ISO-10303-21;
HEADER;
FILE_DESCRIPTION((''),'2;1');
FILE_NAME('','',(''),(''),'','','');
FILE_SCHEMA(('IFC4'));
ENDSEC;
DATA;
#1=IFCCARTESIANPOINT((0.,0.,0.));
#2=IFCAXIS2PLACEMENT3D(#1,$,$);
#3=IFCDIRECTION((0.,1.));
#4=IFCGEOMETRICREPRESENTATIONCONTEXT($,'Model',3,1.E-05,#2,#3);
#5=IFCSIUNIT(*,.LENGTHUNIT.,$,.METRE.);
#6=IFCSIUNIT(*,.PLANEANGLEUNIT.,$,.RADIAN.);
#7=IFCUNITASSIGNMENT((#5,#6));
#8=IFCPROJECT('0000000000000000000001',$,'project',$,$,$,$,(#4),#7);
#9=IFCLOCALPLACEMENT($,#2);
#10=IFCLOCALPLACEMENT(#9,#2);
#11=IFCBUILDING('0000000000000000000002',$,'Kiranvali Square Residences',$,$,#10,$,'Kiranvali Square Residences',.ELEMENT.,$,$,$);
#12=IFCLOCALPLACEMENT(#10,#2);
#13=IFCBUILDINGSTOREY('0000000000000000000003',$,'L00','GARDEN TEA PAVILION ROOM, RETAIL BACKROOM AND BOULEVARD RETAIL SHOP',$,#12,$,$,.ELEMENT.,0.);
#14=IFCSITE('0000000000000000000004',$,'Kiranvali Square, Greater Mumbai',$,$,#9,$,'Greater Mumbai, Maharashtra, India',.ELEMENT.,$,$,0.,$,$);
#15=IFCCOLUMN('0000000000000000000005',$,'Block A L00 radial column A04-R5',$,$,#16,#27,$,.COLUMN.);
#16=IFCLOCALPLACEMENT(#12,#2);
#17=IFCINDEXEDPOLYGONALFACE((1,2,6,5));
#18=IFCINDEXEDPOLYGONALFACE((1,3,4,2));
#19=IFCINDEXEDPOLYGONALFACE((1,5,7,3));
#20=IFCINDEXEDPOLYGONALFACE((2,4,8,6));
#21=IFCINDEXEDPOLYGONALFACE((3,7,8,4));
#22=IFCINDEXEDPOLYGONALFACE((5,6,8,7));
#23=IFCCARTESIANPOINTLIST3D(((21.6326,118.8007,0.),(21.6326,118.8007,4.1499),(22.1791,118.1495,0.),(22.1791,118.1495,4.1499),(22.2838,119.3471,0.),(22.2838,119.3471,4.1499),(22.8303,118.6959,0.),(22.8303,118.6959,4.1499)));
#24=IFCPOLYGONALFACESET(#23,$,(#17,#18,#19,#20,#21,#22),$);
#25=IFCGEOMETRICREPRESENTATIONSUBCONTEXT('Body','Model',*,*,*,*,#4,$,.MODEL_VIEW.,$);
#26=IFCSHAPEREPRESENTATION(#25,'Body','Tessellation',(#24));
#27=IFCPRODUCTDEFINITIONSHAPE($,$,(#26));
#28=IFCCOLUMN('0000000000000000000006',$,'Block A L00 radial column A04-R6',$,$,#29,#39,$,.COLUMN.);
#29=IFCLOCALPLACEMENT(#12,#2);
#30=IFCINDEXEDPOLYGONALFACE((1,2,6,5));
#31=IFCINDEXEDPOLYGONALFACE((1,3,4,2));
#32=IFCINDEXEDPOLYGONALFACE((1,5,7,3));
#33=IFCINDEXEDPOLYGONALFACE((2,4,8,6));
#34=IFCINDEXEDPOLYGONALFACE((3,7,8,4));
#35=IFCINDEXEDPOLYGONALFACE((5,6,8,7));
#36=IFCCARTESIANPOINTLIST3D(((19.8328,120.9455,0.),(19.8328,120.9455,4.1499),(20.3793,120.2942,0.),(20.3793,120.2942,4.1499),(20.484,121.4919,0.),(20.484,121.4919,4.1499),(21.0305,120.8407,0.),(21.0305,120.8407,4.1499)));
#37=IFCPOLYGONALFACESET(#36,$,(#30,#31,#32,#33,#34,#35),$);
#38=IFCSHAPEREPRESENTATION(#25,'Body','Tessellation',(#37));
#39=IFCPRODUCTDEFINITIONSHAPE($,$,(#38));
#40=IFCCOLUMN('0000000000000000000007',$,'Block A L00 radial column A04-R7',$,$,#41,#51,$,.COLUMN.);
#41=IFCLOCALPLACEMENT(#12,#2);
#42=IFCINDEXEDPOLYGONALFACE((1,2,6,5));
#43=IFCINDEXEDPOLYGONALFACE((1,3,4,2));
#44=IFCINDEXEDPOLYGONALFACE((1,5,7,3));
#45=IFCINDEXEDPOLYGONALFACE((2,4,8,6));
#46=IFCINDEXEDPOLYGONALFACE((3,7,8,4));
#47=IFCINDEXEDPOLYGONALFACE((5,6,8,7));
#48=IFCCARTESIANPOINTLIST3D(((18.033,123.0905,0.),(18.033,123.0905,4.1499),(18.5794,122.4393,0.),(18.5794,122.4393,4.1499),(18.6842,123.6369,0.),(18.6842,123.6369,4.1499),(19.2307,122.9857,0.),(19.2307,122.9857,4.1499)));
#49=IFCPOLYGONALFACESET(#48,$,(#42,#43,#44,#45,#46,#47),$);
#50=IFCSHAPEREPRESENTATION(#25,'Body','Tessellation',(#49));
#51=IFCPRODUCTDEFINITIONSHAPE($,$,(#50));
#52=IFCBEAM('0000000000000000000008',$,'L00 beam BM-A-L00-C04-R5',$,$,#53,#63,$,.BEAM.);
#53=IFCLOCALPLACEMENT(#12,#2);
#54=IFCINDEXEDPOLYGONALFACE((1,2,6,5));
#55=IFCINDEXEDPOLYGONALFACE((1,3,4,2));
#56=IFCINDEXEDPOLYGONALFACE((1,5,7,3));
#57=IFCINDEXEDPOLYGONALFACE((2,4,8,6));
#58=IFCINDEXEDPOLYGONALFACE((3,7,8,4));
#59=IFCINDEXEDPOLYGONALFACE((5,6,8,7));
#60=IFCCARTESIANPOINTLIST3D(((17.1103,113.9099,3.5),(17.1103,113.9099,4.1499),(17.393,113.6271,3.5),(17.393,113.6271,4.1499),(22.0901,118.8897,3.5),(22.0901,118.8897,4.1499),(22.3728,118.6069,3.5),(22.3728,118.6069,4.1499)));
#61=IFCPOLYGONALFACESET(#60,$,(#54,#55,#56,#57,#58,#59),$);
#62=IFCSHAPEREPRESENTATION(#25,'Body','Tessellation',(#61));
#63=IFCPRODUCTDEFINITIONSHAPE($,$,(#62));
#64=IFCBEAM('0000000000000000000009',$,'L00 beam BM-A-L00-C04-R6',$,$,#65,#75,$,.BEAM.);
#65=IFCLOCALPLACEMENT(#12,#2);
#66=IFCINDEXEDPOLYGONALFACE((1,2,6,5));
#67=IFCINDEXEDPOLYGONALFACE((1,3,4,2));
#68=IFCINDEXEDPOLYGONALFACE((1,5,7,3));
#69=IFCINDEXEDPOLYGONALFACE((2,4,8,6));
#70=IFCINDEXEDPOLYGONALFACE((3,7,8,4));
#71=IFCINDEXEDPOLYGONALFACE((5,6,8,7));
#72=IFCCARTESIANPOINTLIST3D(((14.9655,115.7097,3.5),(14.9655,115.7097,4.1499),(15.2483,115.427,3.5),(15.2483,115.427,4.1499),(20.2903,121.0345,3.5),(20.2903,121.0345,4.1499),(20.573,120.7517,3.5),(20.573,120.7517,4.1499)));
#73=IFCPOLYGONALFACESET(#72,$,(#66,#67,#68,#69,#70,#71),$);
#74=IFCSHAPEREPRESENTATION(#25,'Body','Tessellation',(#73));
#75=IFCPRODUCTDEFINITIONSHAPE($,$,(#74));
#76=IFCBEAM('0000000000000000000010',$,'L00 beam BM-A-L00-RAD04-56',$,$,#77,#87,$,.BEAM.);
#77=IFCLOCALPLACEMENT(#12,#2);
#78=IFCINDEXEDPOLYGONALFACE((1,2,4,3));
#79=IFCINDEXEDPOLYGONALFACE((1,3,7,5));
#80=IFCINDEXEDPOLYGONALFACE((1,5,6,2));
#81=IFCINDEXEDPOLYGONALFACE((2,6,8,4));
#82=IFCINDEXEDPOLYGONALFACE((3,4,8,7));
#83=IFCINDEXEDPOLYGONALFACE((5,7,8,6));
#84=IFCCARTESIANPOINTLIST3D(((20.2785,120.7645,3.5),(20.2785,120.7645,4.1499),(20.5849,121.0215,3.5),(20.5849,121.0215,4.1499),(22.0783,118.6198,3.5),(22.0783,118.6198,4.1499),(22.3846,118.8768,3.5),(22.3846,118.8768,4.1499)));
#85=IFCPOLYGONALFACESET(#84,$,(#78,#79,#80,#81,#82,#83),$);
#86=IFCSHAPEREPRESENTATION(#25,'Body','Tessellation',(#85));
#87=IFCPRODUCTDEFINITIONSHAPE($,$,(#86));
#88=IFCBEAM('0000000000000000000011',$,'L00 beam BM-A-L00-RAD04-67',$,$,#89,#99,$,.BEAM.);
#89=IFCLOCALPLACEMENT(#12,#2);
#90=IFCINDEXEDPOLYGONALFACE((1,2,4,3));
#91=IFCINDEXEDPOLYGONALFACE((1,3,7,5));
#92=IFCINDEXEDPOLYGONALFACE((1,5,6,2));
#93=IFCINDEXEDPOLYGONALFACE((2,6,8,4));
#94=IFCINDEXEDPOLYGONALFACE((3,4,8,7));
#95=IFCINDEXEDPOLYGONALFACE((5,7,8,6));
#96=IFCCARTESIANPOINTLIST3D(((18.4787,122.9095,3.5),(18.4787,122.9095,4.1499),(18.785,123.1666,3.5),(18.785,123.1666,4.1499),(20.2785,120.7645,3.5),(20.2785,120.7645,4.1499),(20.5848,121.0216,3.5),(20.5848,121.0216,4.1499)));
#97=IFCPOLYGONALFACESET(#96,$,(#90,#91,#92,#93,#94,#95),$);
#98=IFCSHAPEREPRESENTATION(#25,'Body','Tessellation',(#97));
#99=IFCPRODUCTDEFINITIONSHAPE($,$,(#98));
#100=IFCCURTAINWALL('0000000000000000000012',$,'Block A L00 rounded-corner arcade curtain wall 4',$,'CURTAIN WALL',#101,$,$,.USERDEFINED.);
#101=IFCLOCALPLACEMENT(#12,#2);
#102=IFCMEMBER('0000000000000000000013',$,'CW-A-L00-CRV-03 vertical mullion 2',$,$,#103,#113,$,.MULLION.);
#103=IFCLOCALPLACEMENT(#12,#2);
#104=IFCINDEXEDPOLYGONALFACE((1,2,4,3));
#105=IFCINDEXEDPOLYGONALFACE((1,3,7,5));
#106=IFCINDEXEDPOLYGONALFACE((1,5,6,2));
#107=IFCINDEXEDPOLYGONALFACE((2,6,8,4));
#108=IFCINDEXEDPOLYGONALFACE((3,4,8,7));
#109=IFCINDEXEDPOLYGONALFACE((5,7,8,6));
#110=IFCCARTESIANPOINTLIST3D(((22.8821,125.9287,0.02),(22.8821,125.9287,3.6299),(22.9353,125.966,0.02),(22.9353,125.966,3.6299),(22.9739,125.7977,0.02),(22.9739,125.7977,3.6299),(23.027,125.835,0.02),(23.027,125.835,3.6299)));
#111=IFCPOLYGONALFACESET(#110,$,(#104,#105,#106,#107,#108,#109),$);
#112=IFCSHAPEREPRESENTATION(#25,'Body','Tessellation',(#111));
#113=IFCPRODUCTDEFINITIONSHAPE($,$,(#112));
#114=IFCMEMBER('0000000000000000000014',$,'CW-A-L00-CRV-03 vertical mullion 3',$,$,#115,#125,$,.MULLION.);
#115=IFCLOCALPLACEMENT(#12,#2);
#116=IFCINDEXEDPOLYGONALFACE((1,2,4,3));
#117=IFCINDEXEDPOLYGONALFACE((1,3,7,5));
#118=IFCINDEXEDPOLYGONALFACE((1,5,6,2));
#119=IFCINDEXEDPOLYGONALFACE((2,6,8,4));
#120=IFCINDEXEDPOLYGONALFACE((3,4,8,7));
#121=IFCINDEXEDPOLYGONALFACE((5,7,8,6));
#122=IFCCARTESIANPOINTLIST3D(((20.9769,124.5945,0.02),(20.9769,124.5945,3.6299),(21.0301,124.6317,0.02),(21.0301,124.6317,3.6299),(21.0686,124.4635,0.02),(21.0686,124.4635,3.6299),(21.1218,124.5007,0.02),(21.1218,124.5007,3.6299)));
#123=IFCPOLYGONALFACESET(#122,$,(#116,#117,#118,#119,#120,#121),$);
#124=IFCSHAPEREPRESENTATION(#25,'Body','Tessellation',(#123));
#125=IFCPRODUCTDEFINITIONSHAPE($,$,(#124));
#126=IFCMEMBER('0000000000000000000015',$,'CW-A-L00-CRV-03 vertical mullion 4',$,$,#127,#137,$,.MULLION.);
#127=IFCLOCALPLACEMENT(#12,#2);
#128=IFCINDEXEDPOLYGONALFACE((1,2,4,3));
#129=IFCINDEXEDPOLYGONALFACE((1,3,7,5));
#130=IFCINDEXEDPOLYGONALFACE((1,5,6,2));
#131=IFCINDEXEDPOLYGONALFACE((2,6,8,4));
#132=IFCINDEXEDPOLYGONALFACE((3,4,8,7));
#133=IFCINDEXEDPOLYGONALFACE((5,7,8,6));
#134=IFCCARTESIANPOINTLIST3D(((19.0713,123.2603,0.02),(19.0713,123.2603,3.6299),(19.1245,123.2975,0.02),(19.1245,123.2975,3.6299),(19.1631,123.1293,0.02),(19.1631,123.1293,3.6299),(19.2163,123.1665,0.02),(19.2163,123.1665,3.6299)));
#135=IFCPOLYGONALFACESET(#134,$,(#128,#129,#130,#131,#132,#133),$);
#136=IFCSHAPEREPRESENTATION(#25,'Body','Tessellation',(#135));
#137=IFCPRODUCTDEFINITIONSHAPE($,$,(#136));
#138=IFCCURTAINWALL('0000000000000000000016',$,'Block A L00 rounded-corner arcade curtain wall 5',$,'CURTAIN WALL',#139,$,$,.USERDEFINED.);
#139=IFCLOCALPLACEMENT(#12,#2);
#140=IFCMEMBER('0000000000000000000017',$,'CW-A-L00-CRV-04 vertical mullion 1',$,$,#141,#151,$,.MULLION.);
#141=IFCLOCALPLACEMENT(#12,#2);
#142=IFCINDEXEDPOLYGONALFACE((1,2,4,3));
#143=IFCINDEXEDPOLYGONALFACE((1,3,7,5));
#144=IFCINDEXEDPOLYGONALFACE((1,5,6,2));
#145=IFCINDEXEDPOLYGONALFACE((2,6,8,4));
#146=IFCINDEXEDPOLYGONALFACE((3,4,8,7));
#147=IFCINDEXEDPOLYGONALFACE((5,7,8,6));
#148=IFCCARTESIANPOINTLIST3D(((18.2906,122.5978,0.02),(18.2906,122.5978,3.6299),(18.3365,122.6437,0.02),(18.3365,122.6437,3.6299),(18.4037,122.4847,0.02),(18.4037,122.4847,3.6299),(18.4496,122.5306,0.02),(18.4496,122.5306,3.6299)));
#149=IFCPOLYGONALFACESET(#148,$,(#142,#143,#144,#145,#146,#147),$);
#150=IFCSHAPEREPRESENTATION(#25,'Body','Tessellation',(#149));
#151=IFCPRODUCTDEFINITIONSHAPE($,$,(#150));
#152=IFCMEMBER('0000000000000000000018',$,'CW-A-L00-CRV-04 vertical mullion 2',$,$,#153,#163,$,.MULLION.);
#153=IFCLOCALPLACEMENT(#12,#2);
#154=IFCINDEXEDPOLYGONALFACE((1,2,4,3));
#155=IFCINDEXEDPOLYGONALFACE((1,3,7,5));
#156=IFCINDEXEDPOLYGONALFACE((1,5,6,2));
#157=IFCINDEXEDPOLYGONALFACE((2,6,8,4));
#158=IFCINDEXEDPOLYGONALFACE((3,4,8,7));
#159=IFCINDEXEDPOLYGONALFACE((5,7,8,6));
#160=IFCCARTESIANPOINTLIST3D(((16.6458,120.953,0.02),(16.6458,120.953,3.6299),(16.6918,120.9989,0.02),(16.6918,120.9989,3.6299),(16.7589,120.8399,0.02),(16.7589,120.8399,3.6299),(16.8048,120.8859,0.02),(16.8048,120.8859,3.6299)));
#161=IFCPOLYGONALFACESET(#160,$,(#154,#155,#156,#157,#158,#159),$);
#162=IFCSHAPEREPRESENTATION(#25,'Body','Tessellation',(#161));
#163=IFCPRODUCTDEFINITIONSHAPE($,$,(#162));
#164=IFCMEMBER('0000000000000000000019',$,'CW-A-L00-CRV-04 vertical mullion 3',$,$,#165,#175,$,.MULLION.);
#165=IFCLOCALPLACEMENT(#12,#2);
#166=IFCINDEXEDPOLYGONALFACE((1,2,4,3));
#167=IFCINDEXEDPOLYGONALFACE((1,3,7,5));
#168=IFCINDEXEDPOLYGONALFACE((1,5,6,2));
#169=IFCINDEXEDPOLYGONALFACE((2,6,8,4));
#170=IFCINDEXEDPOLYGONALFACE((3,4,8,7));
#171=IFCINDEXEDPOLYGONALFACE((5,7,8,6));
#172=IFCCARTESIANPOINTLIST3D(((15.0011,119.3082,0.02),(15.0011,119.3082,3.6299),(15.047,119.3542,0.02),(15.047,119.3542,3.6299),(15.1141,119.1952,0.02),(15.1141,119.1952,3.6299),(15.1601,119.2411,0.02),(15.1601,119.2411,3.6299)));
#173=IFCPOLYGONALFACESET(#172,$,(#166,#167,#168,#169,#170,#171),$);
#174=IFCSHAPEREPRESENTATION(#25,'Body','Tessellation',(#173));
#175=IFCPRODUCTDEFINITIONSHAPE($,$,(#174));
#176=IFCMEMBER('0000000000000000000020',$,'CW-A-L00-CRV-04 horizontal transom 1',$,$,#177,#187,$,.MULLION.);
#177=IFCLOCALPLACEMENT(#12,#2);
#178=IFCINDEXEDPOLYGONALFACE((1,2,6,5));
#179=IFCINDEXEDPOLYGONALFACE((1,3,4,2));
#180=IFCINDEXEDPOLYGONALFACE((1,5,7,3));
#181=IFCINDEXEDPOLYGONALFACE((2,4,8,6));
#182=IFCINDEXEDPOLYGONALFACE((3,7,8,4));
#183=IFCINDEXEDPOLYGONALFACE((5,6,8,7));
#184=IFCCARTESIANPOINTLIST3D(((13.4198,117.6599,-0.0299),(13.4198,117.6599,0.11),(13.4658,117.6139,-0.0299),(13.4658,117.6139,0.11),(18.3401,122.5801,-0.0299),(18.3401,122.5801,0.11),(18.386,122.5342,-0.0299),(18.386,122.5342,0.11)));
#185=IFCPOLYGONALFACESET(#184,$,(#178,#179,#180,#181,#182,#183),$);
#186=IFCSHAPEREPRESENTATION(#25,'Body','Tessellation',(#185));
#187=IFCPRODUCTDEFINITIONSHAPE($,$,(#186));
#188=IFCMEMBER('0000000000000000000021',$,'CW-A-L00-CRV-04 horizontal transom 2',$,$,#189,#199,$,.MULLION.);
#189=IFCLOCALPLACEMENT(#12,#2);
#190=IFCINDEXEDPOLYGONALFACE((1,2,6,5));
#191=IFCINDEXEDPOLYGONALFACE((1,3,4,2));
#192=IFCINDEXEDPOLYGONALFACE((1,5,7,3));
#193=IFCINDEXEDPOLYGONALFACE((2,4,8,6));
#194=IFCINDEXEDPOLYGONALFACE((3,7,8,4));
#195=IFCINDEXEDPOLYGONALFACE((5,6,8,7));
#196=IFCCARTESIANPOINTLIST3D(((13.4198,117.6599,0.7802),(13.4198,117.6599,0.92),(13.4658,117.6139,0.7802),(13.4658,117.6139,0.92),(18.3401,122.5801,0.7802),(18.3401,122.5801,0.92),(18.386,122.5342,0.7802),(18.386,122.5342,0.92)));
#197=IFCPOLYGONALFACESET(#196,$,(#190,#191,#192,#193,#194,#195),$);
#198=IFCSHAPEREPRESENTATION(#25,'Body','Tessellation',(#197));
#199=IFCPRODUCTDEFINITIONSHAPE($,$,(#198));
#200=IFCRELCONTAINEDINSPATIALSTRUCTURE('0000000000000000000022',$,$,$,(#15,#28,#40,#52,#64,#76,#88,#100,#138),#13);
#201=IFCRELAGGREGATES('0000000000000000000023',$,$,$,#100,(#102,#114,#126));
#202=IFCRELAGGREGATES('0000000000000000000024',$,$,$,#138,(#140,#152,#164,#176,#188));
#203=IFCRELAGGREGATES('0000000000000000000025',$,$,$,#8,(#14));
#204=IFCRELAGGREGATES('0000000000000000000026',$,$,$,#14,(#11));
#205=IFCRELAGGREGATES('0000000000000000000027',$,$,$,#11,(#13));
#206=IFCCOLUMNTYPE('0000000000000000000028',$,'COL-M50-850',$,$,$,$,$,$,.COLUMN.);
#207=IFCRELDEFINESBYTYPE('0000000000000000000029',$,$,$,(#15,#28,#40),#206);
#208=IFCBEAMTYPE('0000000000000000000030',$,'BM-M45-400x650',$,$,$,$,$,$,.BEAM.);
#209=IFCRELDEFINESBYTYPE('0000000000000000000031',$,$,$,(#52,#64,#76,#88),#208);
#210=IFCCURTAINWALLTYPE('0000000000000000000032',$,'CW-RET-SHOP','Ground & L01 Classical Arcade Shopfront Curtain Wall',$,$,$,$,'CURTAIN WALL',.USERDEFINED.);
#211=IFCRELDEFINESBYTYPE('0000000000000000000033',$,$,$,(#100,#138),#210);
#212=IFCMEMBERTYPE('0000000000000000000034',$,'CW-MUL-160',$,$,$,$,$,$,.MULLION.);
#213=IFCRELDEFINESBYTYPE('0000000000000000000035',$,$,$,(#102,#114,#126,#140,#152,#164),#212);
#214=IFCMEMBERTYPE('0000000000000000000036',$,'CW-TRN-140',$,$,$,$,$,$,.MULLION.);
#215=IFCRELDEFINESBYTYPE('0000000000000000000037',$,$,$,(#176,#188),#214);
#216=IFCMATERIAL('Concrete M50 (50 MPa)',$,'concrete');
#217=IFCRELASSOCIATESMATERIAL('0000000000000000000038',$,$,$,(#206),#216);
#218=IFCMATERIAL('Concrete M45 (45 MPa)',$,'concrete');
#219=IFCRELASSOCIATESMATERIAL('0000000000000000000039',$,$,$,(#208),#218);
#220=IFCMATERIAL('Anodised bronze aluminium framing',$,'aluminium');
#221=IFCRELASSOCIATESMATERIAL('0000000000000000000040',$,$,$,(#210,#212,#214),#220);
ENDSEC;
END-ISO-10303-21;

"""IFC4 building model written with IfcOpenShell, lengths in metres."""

from ifc_helpers import new_model, si_unit, direction, frame, origin, origin_2d, place, context, subcontext, project, spatial, rectangle, extrude, material, material_profile, profile_set, type_object, element, aggregate, save


model = new_model("IFC4")

# Units and contexts
model_context = context("Model", 3, precision=1e-05, world=origin(), true_north=direction((0.0, 1.0)))
body_context = subcontext(model_context, "Body", "Model", "MODEL_VIEW")
ifc_project = project(units=[si_unit("LENGTHUNIT", "METRE"), si_unit("PLANEANGLEUNIT", "RADIAN")], contexts=[model_context])

# Site, building, storey
site_placement = place(None, origin())
site = spatial("IfcSite", under=ifc_project, at=site_placement, Name="Kiranvali Square, Greater Mumbai", LongName="Greater Mumbai, Maharashtra, India", CompositionType="ELEMENT", RefElevation=0.0)
building_placement = place(site_placement, origin())
building = spatial("IfcBuilding", under=site, at=building_placement, Name="Kiranvali Square Residences", LongName="Kiranvali Square Residences", CompositionType="ELEMENT")
storey_placement = place(building_placement, origin())
storey = spatial("IfcBuildingStorey", under=building, at=storey_placement, Name="L00", Description="GARDEN TEA PAVILION ROOM, RETAIL BACKROOM AND BOULEVARD RETAIL SHOP", CompositionType="ELEMENT", Elevation=0.0)

# Columns
ifc_material_1 = material(Name="Concrete M50 (50 MPa)", Category="concrete")
ifc_material_profile_1 = material_profile(ifc_material_1, rectangle(XDim=0.8501, YDim=0.8501, at=origin_2d()), Name="RC 850x850")
ifc_profile_set_1 = profile_set([ifc_material_profile_1], Name="Concrete M50 (50 MPa)")
column_type = type_object("IfcColumnType", Name="COL-M50-850", PredefinedType="COLUMN", material=ifc_profile_set_1)
for number, where, z_axis, x_axis, name in (
    (1, (22.2314, 118.7483, 0.0), (0.0, 0.0, 1.0), (0.766044, 0.642788, 0.0), "Block A L00 radial column A04-R5"),
    (2, (20.4316, 120.8931, 0.0), (0.0, 0.0, 1.0), (0.766044, 0.642788, 0.0), "Block A L00 radial column A04-R6"),
    (3, (18.6318, 123.0381, 0.0), (0.0, 0.0, 1.0), (0.766044, 0.642788, 0.0), "Block A L00 radial column A04-R7"),
):
    element("IfcColumn", number, at=place(storey_placement, frame(where, z_axis=z_axis, x_axis=x_axis)), inside=storey, type_object=column_type, Name=name, PredefinedType="COLUMN", context=body_context, shape_type="SweptSolid", body=[
        extrude(rectangle(XDim=0.8501, YDim=0.8501, at=origin_2d()), origin(), (0.0, 0.0, 1.0), 4.1499),
    ])

# Beams
ifc_material_2 = material(Name="Concrete M45 (45 MPa)", Category="concrete")
ifc_material_profile_2 = material_profile(ifc_material_2, rectangle(XDim=0.3999, YDim=0.6499, at=origin_2d()), Name="RC 400x650")
ifc_profile_set_2 = profile_set([ifc_material_profile_2], Name="Concrete M45 (45 MPa)")
beam_type_1 = type_object("IfcBeamType", Name="BM-M45-400x650", PredefinedType="BEAM", material=ifc_profile_set_2)
beam_1_placement = place(storey_placement, frame((22.2314, 118.7483, 3.825), z_axis=(-0.707107, -0.707107, 0.0), x_axis=(0.707107, -0.707107, 0.0)))
element("IfcBeam", 4, at=beam_1_placement, inside=storey, type_object=beam_type_1, Name="L00 beam BM-A-L00-C04-R5", PredefinedType="BEAM", context=body_context, shape_type="SweptSolid", body=[
    extrude(rectangle(XDim=0.3999, YDim=0.6499, at=origin_2d()), origin(), (0.0, 0.0, 1.0), 7.0425),
])
beam_2_placement = place(storey_placement, frame((20.4316, 120.8931, 3.825), z_axis=(-0.707107, -0.707107, 0.0), x_axis=(0.707107, -0.707107, 0.0)))
element("IfcBeam", 5, at=beam_2_placement, inside=storey, type_object=beam_type_1, Name="L00 beam BM-A-L00-C04-R6", PredefinedType="BEAM", context=body_context, shape_type="SweptSolid", body=[
    extrude(rectangle(XDim=0.3999, YDim=0.6499, at=origin_2d()), origin(), (0.0, 0.0, 1.0), 7.5303),
])
beam_3_placement = place(storey_placement, frame((22.2314, 118.7483, 3.825), z_axis=(-0.642814, 0.766023, 0.0), x_axis=(-0.766023, -0.642814, 0.0)))
element("IfcBeam", 6, at=beam_3_placement, inside=storey, type_object=beam_type_1, Name="L00 beam BM-A-L00-RAD04-56", PredefinedType="BEAM", context=body_context, shape_type="SweptSolid", body=[
    extrude(rectangle(XDim=0.3999, YDim=0.6499, at=origin_2d()), origin(), (0.0, 0.0, 1.0), 2.7998),
])
beam_4_placement = place(storey_placement, frame((20.4316, 120.8931, 3.825), z_axis=(-0.642771, 0.766059, 0.0), x_axis=(-0.766059, -0.642771, 0.0)))
element("IfcBeam", 7, at=beam_4_placement, inside=storey, type_object=beam_type_1, Name="L00 beam BM-A-L00-RAD04-67", PredefinedType="BEAM", context=body_context, shape_type="SweptSolid", body=[
    extrude(rectangle(XDim=0.3999, YDim=0.6499, at=origin_2d()), origin(), (0.0, 0.0, 1.0), 2.8),
])

# Curtain walls, members
ifc_material_3 = material(Name="Anodised bronze aluminium framing", Category="aluminium")
curtain_wall_type = type_object("IfcCurtainWallType", Name="CW-RET-SHOP", Description="Ground & L01 Classical Arcade Shopfront Curtain Wall", ElementType="CURTAIN WALL", PredefinedType="USERDEFINED", material=ifc_material_3)
curtain_wall_1_placement = place(storey_placement, origin())
curtain_wall_1 = element("IfcCurtainWall", 8, at=curtain_wall_1_placement, inside=storey, type_object=curtain_wall_type, Name="Block A L00 rounded-corner arcade curtain wall 4", ObjectType="CURTAIN WALL", PredefinedType="USERDEFINED")
ifc_material_profile_3 = material_profile(ifc_material_3, rectangle(XDim=0.0649, YDim=0.1599, at=origin_2d()), Name="ALU 65x160")
ifc_profile_set_3 = profile_set([ifc_material_profile_3], Name="Anodised bronze aluminium framing")
member_type_1 = type_object("IfcMemberType", Name="CW-MUL-160", PredefinedType="MULLION", material=ifc_profile_set_3)
member_1_placement = place(storey_placement, frame((22.9546, 125.8818, 0.02), z_axis=(0.0, 0.0, 1.0), x_axis=(-0.819152, -0.573576, 0.0)))
member_1 = element("IfcMember", 9, at=member_1_placement, type_object=member_type_1, Name="CW-A-L00-CRV-03 vertical mullion 2", PredefinedType="MULLION", context=body_context, shape_type="SweptSolid", body=[
    extrude(rectangle(XDim=0.0649, YDim=0.1599, at=origin_2d()), origin(), (0.0, 0.0, 1.0), 3.6099),
])
member_2_placement = place(storey_placement, frame((21.0493, 124.5476, 0.02), z_axis=(0.0, 0.0, 1.0), x_axis=(-0.819152, -0.573576, 0.0)))
member_2 = element("IfcMember", 10, at=member_2_placement, type_object=member_type_1, Name="CW-A-L00-CRV-03 vertical mullion 3", PredefinedType="MULLION", context=body_context, shape_type="SweptSolid", body=[
    extrude(rectangle(XDim=0.0649, YDim=0.1599, at=origin_2d()), origin(), (0.0, 0.0, 1.0), 3.6099),
])
member_3_placement = place(storey_placement, frame((19.1438, 123.2134, 0.02), z_axis=(0.0, 0.0, 1.0), x_axis=(-0.819152, -0.573576, 0.0)))
member_3 = element("IfcMember", 11, at=member_3_placement, type_object=member_type_1, Name="CW-A-L00-CRV-03 vertical mullion 4", PredefinedType="MULLION", context=body_context, shape_type="SweptSolid", body=[
    extrude(rectangle(XDim=0.0649, YDim=0.1599, at=origin_2d()), origin(), (0.0, 0.0, 1.0), 3.6099),
])
curtain_wall_2_placement = place(storey_placement, origin())
curtain_wall_2 = element("IfcCurtainWall", 12, at=curtain_wall_2_placement, inside=storey, type_object=curtain_wall_type, Name="Block A L00 rounded-corner arcade curtain wall 5", ObjectType="CURTAIN WALL", PredefinedType="USERDEFINED")
member_4_placement = place(storey_placement, frame((18.3701, 122.5642, 0.02), z_axis=(0.0, 0.0, 1.0), x_axis=(-0.707107, -0.707107, 0.0)))
member_4 = element("IfcMember", 13, at=member_4_placement, type_object=member_type_1, Name="CW-A-L00-CRV-04 vertical mullion 1", PredefinedType="MULLION", context=body_context, shape_type="SweptSolid", body=[
    extrude(rectangle(XDim=0.0649, YDim=0.1599, at=origin_2d()), origin(), (0.0, 0.0, 1.0), 3.6099),
])
member_5_placement = place(storey_placement, frame((16.7253, 120.9194, 0.02), z_axis=(0.0, 0.0, 1.0), x_axis=(-0.707107, -0.707107, 0.0)))
member_5 = element("IfcMember", 14, at=member_5_placement, type_object=member_type_1, Name="CW-A-L00-CRV-04 vertical mullion 2", PredefinedType="MULLION", context=body_context, shape_type="SweptSolid", body=[
    extrude(rectangle(XDim=0.0649, YDim=0.1599, at=origin_2d()), origin(), (0.0, 0.0, 1.0), 3.6099),
])
member_6_placement = place(storey_placement, frame((15.0806, 119.2747, 0.02), z_axis=(0.0, 0.0, 1.0), x_axis=(-0.707107, -0.707107, 0.0)))
member_6 = element("IfcMember", 15, at=member_6_placement, type_object=member_type_1, Name="CW-A-L00-CRV-04 vertical mullion 3", PredefinedType="MULLION", context=body_context, shape_type="SweptSolid", body=[
    extrude(rectangle(XDim=0.0649, YDim=0.1599, at=origin_2d()), origin(), (0.0, 0.0, 1.0), 3.6099),
])
ifc_material_profile_4 = material_profile(ifc_material_3, rectangle(XDim=0.0649, YDim=0.1399, at=origin_2d()), Name="ALU 65x140")
ifc_profile_set_4 = profile_set([ifc_material_profile_4], Name="Anodised bronze aluminium framing")
member_type_2 = type_object("IfcMemberType", Name="CW-TRN-140", PredefinedType="MULLION", material=ifc_profile_set_4)
member_7_placement = place(storey_placement, frame((18.363, 122.5571, 0.04), z_axis=(-0.707107, -0.707107, 0.0), x_axis=(0.707107, -0.707107, 0.0)))
member_7 = element("IfcMember", 16, at=member_7_placement, type_object=member_type_2, Name="CW-A-L00-CRV-04 horizontal transom 1", PredefinedType="MULLION", context=body_context, shape_type="SweptSolid", body=[
    extrude(rectangle(XDim=0.0649, YDim=0.1399, at=origin_2d()), origin(), (0.0, 0.0, 1.0), 6.9583),
])
member_8_placement = place(storey_placement, frame((18.363, 122.5571, 0.8501), z_axis=(-0.707107, -0.707107, 0.0), x_axis=(0.707107, -0.707107, 0.0)))
member_8 = element("IfcMember", 17, at=member_8_placement, type_object=member_type_2, Name="CW-A-L00-CRV-04 horizontal transom 2", PredefinedType="MULLION", context=body_context, shape_type="SweptSolid", body=[
    extrude(rectangle(XDim=0.0649, YDim=0.1399, at=origin_2d()), origin(), (0.0, 0.0, 1.0), 6.9583),
])

aggregate(curtain_wall_1, [member_1, member_2, member_3])
aggregate(curtain_wall_2, [member_4, member_5, member_6, member_7, member_8])

save(model, "model.ifc")
